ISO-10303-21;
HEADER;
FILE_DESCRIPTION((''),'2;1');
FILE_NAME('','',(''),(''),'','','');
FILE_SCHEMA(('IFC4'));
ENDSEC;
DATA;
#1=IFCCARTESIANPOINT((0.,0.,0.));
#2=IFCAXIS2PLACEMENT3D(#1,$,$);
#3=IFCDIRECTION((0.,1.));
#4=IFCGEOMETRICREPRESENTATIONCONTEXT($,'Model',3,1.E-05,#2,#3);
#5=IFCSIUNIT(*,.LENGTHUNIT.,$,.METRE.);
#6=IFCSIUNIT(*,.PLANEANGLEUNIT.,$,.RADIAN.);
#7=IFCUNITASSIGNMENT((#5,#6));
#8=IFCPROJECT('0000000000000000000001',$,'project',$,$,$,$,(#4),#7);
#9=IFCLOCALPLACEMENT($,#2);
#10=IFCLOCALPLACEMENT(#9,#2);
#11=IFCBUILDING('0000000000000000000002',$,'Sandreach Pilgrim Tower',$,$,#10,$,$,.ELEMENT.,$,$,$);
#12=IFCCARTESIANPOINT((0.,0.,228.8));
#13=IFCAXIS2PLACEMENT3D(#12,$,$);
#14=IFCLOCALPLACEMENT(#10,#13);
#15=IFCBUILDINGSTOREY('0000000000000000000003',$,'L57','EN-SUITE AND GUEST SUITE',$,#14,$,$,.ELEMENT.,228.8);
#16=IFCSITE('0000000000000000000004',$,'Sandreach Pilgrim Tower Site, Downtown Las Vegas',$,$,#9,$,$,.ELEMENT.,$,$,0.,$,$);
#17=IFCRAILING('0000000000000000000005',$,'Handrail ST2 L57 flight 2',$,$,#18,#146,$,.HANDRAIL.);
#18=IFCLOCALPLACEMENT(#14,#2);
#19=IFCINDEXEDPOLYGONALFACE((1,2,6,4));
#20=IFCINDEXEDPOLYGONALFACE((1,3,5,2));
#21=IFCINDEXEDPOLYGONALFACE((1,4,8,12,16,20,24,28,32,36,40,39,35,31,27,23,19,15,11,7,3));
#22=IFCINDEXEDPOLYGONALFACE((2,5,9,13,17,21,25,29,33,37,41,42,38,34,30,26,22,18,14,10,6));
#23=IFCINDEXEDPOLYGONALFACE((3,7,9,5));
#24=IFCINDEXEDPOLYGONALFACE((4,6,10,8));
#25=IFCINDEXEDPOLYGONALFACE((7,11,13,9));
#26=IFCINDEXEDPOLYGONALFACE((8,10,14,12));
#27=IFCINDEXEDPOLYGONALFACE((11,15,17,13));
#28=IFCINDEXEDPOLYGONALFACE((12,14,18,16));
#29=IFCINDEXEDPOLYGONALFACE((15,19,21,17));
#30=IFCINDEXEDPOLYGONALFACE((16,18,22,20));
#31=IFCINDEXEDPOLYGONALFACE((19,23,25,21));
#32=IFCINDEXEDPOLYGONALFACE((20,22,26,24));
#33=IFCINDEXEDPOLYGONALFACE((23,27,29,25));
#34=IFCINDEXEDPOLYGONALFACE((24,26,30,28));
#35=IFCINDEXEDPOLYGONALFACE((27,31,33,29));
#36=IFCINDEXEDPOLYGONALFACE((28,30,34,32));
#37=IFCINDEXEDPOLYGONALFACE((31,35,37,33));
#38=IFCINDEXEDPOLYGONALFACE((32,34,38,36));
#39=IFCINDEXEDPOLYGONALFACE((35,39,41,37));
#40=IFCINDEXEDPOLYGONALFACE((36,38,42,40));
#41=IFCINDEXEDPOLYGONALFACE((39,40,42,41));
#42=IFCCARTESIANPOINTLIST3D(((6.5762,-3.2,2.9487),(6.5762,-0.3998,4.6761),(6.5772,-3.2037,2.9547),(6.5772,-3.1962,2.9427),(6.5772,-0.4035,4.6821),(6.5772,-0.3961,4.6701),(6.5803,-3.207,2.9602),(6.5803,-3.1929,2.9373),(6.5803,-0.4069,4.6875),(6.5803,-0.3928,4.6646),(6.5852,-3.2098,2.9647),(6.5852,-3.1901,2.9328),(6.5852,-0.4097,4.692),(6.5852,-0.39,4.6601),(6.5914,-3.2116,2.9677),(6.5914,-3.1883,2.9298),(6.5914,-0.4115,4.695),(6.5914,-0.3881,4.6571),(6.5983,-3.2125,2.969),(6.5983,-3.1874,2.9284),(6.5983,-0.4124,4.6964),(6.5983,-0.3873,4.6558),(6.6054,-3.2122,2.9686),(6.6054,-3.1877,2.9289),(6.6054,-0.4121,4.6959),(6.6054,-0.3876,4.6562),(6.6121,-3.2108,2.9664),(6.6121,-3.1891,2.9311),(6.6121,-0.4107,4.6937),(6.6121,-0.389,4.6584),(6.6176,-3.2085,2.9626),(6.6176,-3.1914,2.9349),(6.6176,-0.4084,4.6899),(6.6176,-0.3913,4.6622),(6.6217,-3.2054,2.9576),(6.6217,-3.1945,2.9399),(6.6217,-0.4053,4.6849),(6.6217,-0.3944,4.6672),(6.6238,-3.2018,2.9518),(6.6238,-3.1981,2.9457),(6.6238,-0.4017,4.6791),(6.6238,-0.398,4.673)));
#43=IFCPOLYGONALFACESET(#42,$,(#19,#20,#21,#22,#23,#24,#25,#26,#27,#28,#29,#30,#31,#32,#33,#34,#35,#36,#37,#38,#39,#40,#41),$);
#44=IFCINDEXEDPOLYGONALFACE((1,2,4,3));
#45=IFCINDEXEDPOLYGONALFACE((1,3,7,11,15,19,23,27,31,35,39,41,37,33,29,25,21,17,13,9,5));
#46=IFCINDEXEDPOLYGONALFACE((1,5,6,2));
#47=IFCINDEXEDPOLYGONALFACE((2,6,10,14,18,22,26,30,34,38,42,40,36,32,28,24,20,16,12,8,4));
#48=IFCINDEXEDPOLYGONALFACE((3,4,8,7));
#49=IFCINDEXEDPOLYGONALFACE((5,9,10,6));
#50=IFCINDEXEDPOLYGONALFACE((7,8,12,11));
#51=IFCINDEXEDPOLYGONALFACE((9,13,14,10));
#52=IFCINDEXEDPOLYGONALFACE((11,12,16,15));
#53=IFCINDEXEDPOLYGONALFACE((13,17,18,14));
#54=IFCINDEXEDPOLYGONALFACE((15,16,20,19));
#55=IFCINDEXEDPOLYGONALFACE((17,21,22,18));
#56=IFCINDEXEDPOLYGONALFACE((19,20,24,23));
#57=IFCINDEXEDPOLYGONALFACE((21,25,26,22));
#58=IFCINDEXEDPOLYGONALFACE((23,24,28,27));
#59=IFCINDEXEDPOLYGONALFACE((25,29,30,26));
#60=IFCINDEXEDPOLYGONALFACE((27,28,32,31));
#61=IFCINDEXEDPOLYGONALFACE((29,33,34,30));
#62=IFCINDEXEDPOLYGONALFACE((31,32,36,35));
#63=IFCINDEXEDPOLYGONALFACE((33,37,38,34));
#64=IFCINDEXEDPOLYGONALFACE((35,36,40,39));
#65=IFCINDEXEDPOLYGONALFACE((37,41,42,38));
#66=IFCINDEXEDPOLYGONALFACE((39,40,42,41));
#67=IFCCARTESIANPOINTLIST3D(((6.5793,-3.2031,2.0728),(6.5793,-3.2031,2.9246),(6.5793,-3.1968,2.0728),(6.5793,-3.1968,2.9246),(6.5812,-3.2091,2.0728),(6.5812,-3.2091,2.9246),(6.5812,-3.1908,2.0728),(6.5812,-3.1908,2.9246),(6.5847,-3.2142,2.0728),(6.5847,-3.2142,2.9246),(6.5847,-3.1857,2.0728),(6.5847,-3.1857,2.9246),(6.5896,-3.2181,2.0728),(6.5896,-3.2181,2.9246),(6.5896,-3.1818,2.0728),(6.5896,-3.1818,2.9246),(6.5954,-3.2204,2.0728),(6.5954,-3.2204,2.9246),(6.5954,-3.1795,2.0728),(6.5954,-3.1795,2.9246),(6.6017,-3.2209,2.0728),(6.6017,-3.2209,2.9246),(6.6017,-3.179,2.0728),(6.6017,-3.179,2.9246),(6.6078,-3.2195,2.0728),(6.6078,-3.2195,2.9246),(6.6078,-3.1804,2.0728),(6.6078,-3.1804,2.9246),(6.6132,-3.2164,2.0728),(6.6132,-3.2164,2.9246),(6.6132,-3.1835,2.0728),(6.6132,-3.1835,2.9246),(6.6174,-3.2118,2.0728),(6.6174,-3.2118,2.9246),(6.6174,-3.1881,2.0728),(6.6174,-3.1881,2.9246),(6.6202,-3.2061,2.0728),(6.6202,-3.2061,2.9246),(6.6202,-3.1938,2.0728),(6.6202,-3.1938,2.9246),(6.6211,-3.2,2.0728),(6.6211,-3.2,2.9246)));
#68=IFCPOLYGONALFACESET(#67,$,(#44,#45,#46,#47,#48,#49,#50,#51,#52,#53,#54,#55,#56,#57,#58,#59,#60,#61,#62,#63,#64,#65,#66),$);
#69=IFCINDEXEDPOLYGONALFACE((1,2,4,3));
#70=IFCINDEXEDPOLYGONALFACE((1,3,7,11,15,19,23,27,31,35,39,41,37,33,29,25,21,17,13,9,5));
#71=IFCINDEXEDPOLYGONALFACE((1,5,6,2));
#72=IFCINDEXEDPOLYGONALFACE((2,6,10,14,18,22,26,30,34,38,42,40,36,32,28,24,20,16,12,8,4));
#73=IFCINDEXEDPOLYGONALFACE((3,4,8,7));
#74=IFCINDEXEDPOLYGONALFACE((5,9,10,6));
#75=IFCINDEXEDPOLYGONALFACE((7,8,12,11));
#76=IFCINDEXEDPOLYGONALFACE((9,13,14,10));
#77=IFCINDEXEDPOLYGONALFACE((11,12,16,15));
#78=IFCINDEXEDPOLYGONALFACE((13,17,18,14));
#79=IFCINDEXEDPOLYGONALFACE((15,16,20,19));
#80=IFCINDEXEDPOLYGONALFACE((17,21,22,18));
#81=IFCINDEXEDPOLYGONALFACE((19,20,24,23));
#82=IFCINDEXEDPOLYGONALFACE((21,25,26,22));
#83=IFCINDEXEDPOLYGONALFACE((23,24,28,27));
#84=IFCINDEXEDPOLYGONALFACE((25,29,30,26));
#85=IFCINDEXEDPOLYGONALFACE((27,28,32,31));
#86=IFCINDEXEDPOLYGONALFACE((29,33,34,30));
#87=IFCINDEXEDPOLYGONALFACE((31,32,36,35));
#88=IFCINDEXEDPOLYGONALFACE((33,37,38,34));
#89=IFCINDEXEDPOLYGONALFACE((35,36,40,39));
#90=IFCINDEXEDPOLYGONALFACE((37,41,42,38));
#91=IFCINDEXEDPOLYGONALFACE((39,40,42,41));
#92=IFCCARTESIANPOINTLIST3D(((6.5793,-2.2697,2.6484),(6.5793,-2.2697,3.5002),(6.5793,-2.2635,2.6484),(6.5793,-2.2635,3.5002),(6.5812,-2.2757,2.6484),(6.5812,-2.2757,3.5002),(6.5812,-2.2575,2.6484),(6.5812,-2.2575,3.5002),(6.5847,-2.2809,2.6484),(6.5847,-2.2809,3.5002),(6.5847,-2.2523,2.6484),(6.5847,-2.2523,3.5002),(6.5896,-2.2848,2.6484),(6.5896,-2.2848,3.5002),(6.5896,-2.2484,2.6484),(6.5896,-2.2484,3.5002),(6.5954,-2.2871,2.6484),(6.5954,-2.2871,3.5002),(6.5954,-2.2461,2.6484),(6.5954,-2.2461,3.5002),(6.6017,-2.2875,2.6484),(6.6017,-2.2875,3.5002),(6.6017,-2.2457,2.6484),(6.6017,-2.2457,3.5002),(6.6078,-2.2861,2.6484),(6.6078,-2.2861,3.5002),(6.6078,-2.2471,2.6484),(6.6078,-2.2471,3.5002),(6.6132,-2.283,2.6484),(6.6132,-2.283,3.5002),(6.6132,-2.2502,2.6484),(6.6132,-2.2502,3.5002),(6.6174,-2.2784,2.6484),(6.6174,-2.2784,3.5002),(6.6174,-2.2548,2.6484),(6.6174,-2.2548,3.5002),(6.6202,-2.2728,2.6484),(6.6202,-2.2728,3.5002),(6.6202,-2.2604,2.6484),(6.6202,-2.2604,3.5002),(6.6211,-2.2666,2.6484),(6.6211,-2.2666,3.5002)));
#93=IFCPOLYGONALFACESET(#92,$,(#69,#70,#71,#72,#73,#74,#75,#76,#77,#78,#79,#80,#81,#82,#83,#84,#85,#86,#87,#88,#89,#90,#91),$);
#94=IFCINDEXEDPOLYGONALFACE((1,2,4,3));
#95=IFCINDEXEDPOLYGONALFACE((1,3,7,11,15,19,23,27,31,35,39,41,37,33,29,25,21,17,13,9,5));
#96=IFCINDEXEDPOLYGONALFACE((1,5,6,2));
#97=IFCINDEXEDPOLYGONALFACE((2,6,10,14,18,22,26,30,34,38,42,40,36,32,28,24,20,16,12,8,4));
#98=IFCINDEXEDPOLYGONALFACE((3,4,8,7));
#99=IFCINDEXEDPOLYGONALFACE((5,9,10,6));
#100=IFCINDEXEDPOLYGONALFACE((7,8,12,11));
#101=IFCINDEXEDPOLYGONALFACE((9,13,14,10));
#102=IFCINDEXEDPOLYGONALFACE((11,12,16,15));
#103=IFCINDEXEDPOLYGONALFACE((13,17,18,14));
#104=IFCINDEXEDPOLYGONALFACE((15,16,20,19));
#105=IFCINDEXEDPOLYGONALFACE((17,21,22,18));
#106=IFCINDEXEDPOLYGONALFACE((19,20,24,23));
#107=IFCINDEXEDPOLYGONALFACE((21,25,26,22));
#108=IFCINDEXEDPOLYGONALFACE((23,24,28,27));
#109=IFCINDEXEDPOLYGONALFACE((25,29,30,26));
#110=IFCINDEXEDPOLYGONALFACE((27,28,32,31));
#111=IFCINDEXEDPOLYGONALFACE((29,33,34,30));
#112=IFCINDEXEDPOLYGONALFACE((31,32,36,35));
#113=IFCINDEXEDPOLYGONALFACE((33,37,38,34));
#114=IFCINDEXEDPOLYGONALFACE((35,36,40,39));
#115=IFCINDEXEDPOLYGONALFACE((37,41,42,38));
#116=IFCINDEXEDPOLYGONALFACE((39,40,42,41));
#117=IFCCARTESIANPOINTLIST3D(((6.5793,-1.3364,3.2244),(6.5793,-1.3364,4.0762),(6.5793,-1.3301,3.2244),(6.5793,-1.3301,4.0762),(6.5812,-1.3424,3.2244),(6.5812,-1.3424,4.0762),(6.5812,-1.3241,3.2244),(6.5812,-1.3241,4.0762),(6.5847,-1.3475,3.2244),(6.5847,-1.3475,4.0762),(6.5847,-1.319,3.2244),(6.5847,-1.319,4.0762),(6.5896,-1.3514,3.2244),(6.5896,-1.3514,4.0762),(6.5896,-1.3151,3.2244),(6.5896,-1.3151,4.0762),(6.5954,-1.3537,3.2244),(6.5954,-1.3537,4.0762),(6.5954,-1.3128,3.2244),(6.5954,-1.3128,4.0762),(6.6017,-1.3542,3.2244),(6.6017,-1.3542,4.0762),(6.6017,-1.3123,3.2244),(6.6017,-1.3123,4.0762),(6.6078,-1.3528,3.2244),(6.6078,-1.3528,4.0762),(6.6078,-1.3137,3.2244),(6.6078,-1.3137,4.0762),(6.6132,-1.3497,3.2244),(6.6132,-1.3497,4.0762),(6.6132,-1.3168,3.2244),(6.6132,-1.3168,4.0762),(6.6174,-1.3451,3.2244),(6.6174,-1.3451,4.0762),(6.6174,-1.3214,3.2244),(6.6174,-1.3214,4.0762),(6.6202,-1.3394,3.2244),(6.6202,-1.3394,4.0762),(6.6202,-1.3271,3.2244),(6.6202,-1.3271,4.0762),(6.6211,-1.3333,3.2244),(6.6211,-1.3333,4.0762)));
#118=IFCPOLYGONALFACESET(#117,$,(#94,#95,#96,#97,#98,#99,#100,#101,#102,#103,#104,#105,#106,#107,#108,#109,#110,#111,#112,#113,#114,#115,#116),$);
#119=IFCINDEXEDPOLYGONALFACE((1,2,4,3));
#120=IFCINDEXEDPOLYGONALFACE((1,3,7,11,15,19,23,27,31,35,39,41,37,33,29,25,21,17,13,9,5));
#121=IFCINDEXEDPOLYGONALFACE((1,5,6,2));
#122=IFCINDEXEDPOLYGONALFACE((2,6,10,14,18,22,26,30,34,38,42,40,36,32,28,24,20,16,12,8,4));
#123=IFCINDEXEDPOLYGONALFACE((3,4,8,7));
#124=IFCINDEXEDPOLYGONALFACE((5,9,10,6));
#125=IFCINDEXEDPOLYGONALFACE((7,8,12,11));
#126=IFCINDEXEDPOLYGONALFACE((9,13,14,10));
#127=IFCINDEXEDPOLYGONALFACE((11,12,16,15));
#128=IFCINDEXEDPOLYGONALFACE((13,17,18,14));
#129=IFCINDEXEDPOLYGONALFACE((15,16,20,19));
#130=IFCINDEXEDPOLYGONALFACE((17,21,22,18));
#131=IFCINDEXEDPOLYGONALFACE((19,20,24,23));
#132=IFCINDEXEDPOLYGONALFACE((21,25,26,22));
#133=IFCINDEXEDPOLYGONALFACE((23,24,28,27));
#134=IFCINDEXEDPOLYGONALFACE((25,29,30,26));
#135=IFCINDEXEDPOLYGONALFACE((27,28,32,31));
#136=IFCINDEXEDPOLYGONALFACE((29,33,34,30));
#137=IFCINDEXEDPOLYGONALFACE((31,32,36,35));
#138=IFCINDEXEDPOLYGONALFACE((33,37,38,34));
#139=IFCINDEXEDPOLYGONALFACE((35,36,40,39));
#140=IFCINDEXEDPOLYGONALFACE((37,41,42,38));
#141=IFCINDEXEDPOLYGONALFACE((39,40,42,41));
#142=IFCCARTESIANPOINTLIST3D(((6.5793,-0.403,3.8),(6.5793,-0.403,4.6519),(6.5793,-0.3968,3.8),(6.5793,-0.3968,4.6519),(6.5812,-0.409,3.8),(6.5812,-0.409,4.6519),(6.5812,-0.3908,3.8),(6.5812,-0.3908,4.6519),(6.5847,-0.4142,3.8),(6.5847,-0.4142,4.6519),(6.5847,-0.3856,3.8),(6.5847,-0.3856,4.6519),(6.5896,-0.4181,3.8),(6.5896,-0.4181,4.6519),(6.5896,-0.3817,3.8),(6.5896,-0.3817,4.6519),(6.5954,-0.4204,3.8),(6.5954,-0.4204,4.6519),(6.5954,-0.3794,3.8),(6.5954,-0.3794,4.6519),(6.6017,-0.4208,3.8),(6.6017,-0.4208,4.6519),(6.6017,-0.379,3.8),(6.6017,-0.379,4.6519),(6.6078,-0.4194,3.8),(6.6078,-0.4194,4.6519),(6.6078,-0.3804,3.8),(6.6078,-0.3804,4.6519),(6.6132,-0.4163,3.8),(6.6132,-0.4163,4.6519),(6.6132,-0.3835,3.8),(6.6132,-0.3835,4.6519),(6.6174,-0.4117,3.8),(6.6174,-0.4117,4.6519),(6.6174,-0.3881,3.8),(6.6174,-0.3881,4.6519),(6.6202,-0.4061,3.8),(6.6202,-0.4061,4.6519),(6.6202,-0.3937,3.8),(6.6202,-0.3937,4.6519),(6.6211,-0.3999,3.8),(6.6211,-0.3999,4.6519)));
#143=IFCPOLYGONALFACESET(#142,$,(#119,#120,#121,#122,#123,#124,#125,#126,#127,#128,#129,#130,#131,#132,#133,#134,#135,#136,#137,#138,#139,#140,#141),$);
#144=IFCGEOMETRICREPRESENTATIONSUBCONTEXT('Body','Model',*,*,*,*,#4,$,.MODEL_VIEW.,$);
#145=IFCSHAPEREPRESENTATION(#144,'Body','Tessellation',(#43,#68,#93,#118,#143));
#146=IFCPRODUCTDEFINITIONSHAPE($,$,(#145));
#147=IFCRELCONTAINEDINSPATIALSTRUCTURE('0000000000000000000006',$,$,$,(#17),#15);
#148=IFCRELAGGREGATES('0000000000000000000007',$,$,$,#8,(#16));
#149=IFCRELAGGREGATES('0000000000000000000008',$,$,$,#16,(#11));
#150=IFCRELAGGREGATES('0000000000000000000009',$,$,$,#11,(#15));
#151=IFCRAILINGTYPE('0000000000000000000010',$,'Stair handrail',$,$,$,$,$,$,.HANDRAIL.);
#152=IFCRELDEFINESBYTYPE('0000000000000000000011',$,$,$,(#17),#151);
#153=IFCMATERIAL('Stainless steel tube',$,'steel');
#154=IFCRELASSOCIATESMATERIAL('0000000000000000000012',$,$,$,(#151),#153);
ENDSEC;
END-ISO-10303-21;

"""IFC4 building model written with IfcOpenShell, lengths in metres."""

from ifc_helpers import new_model, si_unit, direction, frame, origin, origin_2d, place, context, subcontext, project, spatial, circle, extrude, material, type_object, element, save


model = new_model("IFC4")

# Units and contexts
model_context = context("Model", 3, precision=1e-05, world=origin(), true_north=direction((0.0, 1.0)))
body_context = subcontext(model_context, "Body", "Model", "MODEL_VIEW")
ifc_project = project(units=[si_unit("LENGTHUNIT", "METRE"), si_unit("PLANEANGLEUNIT", "RADIAN")], contexts=[model_context])

# Site, building, storey
site_placement = place(None, origin())
site = spatial("IfcSite", under=ifc_project, at=site_placement, Name="Sandreach Pilgrim Tower Site, Downtown Las Vegas", CompositionType="ELEMENT", RefElevation=0.0)
building_placement = place(site_placement, origin())
building = spatial("IfcBuilding", under=site, at=building_placement, Name="Sandreach Pilgrim Tower", CompositionType="ELEMENT")
storey_placement = place(building_placement, frame((0.0, 0.0, 228.8)))
storey = spatial("IfcBuildingStorey", under=building, at=storey_placement, Name="L57", Description="EN-SUITE AND GUEST SUITE", CompositionType="ELEMENT", Elevation=228.8)

# Railing
ifc_material_1 = material(Name="Stainless steel tube", Category="steel")
railing_type = type_object("IfcRailingType", Name="Stair handrail", PredefinedType="HANDRAIL", material=ifc_material_1)
railing_placement = place(storey_placement, frame((6.6001, -3.2, 2.0728)))
element("IfcRailing", 1, at=railing_placement, inside=storey, type_object=railing_type, Name="Handrail ST2 L57 flight 2", PredefinedType="HANDRAIL", context=body_context, shape_type="SweptSolid", body=[
    extrude(circle(Radius=0.0239, at=origin_2d()), frame((0.0, 0.0, 0.876), z_axis=(0.0, 0.85109, 0.52502), x_axis=(-1.0, 0.0, 0.0)), (0.0, 0.0, 1.0), 3.29),
    extrude(circle(Radius=0.021, at=origin_2d()), origin(), (0.0, 0.0, 1.0), 0.8518),
    extrude(circle(Radius=0.021, at=origin_2d()), frame((0.0, 0.9333, 0.5757)), (0.0, 0.0, 1.0), 0.8518),
    extrude(circle(Radius=0.021, at=origin_2d()), frame((0.0, 1.8667, 1.1516)), (0.0, 0.0, 1.0), 0.8518),
    extrude(circle(Radius=0.021, at=origin_2d()), frame((0.0, 2.8, 1.7273)), (0.0, 0.0, 1.0), 0.8518),
])

save(model, "model.ifc")
